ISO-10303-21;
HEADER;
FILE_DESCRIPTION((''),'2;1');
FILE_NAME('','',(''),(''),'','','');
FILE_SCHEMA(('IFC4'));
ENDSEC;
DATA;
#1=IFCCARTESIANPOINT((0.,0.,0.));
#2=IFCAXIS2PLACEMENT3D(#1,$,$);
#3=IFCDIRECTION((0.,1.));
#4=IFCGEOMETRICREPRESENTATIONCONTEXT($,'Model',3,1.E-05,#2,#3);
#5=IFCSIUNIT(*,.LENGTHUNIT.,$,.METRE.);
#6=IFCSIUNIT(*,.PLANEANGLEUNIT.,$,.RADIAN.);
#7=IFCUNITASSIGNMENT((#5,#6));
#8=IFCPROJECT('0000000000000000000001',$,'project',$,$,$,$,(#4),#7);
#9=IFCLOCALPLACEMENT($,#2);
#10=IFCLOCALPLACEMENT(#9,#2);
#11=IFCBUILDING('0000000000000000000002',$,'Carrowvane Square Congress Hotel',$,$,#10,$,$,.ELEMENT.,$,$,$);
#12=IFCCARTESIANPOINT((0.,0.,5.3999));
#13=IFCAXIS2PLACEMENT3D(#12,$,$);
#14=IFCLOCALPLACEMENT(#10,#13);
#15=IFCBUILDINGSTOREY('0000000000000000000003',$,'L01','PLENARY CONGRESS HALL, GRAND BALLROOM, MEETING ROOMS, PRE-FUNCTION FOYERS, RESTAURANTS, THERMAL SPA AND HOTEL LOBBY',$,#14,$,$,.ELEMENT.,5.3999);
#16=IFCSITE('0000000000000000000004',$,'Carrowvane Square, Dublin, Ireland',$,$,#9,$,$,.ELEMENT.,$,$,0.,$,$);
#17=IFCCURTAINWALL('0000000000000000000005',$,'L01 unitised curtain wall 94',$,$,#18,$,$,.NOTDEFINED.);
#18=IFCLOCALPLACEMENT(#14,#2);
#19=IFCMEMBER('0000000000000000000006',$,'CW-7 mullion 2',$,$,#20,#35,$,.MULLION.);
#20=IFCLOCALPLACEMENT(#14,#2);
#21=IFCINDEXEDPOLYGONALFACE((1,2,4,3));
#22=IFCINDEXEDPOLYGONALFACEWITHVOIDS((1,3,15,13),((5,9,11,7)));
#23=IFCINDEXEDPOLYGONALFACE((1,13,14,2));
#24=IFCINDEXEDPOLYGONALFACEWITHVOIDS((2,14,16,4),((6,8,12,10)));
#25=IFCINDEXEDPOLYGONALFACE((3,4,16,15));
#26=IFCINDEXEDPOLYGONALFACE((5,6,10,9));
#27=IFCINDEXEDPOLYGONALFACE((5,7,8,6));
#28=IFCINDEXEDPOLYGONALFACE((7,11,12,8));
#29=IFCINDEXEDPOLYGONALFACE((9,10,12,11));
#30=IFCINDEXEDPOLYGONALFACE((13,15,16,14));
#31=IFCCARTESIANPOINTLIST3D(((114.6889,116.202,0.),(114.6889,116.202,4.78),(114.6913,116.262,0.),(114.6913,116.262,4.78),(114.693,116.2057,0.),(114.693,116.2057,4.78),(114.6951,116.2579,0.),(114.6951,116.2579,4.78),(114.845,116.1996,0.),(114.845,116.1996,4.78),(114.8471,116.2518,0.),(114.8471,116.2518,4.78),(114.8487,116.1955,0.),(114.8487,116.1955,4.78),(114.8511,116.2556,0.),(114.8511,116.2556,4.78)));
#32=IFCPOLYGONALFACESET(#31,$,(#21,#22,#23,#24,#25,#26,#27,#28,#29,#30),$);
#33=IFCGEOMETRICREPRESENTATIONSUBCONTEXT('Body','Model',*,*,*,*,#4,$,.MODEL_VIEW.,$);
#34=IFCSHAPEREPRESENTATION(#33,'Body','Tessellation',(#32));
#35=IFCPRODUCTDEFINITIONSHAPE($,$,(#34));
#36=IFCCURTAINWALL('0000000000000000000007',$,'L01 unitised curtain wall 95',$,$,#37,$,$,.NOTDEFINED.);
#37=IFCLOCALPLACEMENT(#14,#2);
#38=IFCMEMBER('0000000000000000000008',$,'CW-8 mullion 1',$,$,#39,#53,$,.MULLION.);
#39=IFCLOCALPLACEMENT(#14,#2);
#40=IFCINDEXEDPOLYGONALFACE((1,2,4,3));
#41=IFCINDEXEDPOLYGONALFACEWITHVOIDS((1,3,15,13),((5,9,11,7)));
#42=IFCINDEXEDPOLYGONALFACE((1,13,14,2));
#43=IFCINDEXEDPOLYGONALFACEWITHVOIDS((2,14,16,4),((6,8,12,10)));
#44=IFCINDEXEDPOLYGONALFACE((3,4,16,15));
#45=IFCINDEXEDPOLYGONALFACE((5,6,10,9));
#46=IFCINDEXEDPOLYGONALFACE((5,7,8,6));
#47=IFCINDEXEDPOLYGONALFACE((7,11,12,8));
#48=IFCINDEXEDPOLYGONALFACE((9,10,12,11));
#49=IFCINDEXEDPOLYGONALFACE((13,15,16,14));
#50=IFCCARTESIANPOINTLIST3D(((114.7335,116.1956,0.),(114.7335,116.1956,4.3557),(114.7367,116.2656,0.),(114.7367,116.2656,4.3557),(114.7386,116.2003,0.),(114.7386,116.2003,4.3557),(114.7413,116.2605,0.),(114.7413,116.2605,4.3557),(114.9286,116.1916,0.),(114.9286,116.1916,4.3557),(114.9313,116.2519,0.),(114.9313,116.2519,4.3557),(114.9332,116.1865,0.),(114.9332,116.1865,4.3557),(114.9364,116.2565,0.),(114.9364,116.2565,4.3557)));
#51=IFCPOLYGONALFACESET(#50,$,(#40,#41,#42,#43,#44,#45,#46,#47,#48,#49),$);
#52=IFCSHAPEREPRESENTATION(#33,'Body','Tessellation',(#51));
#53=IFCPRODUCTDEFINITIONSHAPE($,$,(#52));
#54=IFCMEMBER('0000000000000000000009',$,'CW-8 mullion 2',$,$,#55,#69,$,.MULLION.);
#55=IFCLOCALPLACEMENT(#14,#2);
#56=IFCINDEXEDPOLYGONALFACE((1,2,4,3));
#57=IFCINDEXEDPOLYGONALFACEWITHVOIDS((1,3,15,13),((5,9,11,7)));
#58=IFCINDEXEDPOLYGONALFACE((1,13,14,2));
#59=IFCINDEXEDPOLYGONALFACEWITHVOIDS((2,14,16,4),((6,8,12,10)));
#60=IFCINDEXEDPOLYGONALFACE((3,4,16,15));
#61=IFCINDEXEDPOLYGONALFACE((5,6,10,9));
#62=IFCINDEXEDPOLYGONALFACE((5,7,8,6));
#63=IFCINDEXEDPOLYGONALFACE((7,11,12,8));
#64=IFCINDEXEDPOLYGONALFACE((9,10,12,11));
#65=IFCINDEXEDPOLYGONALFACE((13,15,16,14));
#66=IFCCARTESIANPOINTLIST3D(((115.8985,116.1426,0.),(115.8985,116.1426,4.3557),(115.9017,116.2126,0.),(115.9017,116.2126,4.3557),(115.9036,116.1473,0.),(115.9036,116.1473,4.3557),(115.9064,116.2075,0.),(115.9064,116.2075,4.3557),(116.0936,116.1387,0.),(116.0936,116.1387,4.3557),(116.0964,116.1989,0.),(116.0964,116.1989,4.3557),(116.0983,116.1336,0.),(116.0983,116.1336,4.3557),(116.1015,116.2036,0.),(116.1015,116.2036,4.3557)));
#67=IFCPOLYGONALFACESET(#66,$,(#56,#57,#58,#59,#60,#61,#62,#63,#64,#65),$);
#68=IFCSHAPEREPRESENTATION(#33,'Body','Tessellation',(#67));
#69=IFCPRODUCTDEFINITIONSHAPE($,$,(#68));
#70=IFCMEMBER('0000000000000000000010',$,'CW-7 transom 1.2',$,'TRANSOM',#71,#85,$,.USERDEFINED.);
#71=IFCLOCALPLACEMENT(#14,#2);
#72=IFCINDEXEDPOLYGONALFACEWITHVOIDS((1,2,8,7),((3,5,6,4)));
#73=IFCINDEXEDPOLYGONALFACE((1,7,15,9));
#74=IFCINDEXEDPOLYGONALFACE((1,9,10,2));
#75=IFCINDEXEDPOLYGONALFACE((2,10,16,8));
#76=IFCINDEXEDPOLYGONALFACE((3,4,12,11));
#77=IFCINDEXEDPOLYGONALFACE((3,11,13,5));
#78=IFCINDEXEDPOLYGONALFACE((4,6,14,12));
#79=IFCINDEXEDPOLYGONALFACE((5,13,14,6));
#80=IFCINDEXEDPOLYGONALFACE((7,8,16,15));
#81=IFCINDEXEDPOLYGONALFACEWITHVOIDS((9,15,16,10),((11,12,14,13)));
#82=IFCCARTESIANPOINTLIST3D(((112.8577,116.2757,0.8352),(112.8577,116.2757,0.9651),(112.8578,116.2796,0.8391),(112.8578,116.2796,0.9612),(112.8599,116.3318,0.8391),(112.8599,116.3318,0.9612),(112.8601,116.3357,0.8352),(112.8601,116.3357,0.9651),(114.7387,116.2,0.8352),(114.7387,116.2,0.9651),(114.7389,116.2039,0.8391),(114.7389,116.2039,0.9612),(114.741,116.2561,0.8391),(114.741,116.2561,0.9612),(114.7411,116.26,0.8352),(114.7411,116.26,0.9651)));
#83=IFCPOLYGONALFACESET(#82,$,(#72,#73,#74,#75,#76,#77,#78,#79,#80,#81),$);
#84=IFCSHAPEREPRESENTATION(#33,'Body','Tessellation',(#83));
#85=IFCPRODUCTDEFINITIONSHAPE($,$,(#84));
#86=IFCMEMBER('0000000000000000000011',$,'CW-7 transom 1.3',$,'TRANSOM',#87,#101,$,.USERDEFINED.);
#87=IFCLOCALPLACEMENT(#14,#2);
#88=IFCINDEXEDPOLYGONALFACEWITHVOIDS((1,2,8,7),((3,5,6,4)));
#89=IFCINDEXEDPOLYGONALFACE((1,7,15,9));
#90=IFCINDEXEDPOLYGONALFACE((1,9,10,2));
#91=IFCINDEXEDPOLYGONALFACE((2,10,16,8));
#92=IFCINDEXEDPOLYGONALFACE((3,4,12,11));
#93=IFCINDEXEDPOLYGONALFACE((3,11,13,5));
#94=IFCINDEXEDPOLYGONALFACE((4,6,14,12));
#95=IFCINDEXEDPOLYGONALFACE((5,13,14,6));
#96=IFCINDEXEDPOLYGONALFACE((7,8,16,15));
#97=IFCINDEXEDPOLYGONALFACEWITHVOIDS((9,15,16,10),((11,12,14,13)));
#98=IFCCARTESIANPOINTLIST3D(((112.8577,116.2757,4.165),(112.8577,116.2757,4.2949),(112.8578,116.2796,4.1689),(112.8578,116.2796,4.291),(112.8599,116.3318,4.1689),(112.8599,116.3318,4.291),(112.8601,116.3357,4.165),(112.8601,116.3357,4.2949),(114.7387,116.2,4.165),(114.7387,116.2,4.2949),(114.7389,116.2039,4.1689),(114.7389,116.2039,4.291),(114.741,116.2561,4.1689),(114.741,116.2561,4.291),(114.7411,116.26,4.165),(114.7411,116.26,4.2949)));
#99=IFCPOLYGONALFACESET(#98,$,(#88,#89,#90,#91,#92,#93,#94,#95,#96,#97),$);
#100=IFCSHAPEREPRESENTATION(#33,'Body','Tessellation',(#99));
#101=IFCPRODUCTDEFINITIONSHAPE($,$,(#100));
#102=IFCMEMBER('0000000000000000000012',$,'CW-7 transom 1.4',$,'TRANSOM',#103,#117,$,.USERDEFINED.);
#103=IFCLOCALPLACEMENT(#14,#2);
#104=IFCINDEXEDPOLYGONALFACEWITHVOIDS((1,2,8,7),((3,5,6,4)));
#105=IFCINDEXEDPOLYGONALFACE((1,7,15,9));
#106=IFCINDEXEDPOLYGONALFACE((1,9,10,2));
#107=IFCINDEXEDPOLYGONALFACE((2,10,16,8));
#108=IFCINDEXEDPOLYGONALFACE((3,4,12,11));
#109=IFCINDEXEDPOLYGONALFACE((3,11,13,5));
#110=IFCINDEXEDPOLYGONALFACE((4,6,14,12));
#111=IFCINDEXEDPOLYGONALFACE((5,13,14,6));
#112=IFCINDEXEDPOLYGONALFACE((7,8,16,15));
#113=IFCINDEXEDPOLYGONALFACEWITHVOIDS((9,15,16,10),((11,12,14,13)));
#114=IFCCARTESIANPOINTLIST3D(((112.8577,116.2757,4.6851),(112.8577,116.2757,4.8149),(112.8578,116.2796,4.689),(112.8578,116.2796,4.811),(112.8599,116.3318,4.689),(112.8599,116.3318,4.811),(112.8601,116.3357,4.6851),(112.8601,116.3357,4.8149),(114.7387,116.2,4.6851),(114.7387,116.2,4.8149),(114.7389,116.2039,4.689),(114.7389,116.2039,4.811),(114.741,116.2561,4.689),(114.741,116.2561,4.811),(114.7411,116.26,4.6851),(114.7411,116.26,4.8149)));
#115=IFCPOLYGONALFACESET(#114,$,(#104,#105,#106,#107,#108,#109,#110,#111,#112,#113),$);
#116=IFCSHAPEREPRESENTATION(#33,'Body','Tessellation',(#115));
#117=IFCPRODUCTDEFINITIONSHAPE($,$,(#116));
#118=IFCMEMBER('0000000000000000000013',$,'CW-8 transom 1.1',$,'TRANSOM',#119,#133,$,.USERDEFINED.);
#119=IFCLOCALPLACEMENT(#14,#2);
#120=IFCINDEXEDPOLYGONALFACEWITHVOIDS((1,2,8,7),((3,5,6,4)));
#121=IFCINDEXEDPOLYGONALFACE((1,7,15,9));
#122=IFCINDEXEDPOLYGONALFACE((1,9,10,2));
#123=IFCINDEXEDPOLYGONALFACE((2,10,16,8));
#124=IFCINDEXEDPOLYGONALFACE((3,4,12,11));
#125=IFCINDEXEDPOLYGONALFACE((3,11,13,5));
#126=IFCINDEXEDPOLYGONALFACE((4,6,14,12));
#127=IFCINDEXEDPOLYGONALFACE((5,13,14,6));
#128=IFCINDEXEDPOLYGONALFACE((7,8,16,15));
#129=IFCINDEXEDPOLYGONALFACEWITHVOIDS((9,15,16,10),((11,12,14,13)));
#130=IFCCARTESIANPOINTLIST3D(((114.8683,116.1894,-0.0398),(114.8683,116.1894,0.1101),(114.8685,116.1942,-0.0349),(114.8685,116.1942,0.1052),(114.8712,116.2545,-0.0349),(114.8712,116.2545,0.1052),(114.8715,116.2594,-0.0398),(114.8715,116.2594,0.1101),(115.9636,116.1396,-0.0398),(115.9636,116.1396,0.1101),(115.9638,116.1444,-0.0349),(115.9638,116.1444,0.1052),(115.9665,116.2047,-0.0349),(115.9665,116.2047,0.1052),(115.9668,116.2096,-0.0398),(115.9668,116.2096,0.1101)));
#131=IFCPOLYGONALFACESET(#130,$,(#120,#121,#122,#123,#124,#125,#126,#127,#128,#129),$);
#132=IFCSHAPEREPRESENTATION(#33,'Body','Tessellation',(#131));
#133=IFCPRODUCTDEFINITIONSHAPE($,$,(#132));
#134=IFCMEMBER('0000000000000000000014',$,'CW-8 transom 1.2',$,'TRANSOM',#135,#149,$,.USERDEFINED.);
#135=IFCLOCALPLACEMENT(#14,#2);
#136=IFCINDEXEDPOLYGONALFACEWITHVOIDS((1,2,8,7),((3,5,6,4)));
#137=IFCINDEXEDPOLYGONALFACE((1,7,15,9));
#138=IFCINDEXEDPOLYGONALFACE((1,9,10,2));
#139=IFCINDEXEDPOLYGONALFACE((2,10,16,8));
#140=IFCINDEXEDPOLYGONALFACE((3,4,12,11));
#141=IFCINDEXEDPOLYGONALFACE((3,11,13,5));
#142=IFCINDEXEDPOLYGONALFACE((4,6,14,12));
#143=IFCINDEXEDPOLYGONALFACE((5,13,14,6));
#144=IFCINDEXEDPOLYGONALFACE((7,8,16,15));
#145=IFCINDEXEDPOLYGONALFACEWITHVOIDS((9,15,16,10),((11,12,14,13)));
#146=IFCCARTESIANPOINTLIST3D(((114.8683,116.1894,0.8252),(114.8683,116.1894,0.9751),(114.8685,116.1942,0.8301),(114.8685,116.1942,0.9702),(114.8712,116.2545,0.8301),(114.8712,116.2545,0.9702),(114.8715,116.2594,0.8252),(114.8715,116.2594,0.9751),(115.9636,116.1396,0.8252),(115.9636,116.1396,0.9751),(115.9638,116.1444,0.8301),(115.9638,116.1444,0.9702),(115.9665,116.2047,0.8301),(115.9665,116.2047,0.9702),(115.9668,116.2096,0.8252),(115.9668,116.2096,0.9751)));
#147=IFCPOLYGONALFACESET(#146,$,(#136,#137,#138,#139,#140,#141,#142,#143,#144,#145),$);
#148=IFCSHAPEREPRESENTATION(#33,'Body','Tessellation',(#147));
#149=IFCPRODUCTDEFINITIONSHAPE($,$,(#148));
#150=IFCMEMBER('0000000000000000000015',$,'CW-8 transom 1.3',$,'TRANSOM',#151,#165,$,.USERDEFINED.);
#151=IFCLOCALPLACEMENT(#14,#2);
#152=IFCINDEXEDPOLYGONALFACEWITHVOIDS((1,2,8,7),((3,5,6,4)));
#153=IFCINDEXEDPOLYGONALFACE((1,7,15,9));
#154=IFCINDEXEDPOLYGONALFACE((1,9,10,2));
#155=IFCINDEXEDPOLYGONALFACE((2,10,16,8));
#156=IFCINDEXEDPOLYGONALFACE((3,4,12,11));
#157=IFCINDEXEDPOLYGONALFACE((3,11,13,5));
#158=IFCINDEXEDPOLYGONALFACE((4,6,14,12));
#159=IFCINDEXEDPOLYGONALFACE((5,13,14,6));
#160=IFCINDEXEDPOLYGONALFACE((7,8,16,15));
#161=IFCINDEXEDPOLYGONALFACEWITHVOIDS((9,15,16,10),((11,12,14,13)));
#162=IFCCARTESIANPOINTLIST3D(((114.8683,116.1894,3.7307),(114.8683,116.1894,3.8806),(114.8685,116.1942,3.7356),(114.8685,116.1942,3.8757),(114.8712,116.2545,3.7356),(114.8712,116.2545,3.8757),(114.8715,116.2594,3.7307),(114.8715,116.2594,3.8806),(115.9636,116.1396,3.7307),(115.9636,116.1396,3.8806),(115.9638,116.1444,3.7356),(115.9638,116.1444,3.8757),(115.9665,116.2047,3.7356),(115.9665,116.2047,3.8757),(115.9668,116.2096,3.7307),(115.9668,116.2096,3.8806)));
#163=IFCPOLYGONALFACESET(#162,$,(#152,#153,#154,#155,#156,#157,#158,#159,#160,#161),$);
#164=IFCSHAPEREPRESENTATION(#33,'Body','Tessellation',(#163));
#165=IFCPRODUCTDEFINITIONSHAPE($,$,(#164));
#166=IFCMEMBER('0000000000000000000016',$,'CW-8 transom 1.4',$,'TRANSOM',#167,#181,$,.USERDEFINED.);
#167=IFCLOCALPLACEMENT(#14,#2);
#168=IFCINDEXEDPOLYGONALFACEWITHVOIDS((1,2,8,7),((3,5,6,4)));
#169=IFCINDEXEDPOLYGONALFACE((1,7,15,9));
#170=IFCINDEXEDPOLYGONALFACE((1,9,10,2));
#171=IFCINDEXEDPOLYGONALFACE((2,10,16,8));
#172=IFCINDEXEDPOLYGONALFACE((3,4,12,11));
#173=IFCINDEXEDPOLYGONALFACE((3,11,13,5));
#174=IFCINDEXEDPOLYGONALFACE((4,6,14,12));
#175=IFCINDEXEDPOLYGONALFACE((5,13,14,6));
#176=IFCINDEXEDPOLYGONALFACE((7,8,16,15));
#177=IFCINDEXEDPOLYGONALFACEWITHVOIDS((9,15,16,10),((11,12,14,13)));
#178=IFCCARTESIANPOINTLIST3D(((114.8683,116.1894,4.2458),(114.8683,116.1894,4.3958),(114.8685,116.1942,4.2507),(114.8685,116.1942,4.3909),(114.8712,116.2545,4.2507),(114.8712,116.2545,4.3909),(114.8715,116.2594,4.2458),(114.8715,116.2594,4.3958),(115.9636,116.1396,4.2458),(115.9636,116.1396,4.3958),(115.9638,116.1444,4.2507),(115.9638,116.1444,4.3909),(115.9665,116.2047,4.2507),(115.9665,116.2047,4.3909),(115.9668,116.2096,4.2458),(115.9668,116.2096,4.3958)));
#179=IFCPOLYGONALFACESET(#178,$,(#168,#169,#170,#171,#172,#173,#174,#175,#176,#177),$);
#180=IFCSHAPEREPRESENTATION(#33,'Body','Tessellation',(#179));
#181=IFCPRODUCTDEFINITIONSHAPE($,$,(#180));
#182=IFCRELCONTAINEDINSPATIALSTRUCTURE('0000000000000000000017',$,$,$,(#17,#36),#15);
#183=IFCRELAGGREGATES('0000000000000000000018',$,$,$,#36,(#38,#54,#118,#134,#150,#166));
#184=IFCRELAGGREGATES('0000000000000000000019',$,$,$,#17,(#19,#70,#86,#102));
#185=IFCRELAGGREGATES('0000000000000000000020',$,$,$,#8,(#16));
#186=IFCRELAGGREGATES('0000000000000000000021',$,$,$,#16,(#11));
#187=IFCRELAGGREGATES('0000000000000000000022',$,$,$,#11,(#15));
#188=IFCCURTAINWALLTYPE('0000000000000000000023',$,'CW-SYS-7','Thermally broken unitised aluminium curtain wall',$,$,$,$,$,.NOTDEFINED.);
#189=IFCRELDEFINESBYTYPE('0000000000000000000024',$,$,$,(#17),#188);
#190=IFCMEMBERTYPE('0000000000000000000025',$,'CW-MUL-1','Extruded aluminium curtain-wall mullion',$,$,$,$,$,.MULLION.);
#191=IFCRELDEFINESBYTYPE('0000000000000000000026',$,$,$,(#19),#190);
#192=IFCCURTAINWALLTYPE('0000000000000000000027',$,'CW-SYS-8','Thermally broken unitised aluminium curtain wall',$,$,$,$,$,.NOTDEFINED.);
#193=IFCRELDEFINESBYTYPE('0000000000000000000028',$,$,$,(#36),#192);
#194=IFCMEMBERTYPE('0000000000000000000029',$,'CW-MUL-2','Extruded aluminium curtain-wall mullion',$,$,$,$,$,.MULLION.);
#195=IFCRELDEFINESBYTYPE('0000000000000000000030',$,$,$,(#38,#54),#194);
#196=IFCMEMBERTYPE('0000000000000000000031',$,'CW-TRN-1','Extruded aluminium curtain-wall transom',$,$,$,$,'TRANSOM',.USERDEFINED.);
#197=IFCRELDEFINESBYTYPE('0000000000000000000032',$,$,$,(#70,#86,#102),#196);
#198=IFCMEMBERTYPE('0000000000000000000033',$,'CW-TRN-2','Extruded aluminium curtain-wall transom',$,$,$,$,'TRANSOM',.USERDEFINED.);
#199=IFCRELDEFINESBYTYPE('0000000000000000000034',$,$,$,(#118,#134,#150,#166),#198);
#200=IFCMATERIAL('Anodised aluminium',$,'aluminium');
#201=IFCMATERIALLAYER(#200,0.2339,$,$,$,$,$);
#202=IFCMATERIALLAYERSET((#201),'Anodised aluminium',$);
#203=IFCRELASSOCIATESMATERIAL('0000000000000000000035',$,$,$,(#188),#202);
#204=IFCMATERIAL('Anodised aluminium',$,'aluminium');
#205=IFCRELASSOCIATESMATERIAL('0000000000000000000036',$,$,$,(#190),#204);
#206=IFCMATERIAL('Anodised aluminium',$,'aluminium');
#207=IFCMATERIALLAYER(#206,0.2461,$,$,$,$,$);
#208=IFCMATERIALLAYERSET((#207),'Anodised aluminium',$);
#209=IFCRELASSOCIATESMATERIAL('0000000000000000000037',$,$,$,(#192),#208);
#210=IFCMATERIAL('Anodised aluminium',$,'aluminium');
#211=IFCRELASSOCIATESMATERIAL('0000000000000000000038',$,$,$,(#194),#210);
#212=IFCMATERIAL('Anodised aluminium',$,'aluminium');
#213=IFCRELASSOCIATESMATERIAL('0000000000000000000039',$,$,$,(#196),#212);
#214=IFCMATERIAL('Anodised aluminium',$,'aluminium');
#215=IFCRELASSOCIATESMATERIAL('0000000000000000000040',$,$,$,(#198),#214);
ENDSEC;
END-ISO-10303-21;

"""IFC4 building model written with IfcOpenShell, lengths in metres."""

from ifc_helpers import new_model, si_unit, direction, frame, origin, origin_2d, place, context, subcontext, project, spatial, hollow_rectangle, extrude, material, layer, layer_set, material_profile, profile_set, type_object, element, aggregate, save


model = new_model("IFC4")

# Units and contexts
model_context = context("Model", 3, precision=1e-05, world=origin(), true_north=direction((0.0, 1.0)))
body_context = subcontext(model_context, "Body", "Model", "MODEL_VIEW")
ifc_project = project(units=[si_unit("LENGTHUNIT", "METRE"), si_unit("PLANEANGLEUNIT", "RADIAN")], contexts=[model_context])

# Site, building, storey
site_placement = place(None, origin())
site = spatial("IfcSite", under=ifc_project, at=site_placement, Name="Carrowvane Square, Dublin, Ireland", CompositionType="ELEMENT", RefElevation=0.0)
building_placement = place(site_placement, origin())
building = spatial("IfcBuilding", under=site, at=building_placement, Name="Carrowvane Square Congress Hotel", CompositionType="ELEMENT")
storey_placement = place(building_placement, frame((0.0, 0.0, 5.3999)))
storey = spatial("IfcBuildingStorey", under=building, at=storey_placement, Name="L01", Description="PLENARY CONGRESS HALL, GRAND BALLROOM, MEETING ROOMS, PRE-FUNCTION FOYERS, RESTAURANTS, THERMAL SPA AND HOTEL LOBBY", CompositionType="ELEMENT", Elevation=5.3999)

# Curtain wall, member
ifc_material_1 = material(Name="Anodised aluminium", Category="aluminium")
ifc_layer_1 = layer(ifc_material_1, 0.2339)
ifc_layer_set_1 = layer_set([ifc_layer_1], Name="Anodised aluminium")
curtain_wall_type_1 = type_object("IfcCurtainWallType", Name="CW-SYS-7", Description="Thermally broken unitised aluminium curtain wall", PredefinedType="NOTDEFINED", material=ifc_layer_set_1)
curtain_wall_1_placement = place(storey_placement, origin())
curtain_wall_1 = element("IfcCurtainWall", 1, at=curtain_wall_1_placement, inside=storey, type_object=curtain_wall_type_1, Name="L01 unitised curtain wall 94", PredefinedType="NOTDEFINED")
ifc_material_2 = material(Name="Anodised aluminium", Category="aluminium")
ifc_material_profile_1 = material_profile(ifc_material_2, hollow_rectangle(XDim=0.0601, YDim=0.1599, WallThickness=0.0039, at=origin_2d()), Name="CW-ML 60x160x4")
ifc_profile_set_1 = profile_set([ifc_material_profile_1], Name="Anodised aluminium")
member_type_1 = type_object("IfcMemberType", Name="CW-MUL-1", Description="Extruded aluminium curtain-wall mullion", PredefinedType="MULLION", material=ifc_profile_set_1)
member_1_placement = place(storey_placement, frame((114.77, 116.2288, 0.0), z_axis=(0.0, 0.0, 1.0), x_axis=(0.040131, 0.999194, 0.0)))
member_1 = element("IfcMember", 2, at=member_1_placement, type_object=member_type_1, Name="CW-7 mullion 2", PredefinedType="MULLION", context=body_context, shape_type="SweptSolid", body=[
    extrude(hollow_rectangle(XDim=0.0601, YDim=0.1599, WallThickness=0.0039, at=origin_2d()), origin(), (0.0, 0.0, 1.0), 4.78),
])

# Curtain wall, members
ifc_material_3 = material(Name="Anodised aluminium", Category="aluminium")
ifc_layer_2 = layer(ifc_material_3, 0.2461)
ifc_layer_set_2 = layer_set([ifc_layer_2], Name="Anodised aluminium")
curtain_wall_type_2 = type_object("IfcCurtainWallType", Name="CW-SYS-8", Description="Thermally broken unitised aluminium curtain wall", PredefinedType="NOTDEFINED", material=ifc_layer_set_2)
curtain_wall_2_placement = place(storey_placement, origin())
curtain_wall_2 = element("IfcCurtainWall", 3, at=curtain_wall_2_placement, inside=storey, type_object=curtain_wall_type_2, Name="L01 unitised curtain wall 95", PredefinedType="NOTDEFINED")
ifc_material_4 = material(Name="Anodised aluminium", Category="aluminium")
ifc_material_profile_2 = material_profile(ifc_material_4, hollow_rectangle(XDim=0.0701, YDim=0.2, WallThickness=0.0049, at=origin_2d()), Name="CW-ML 70x200x5")
ifc_profile_set_2 = profile_set([ifc_material_profile_2], Name="Anodised aluminium")
member_type_2 = type_object("IfcMemberType", Name="CW-MUL-2", Description="Extruded aluminium curtain-wall mullion", PredefinedType="MULLION", material=ifc_profile_set_2)
member_2_placement = place(storey_placement, frame((114.835, 116.2261, 0.0), z_axis=(0.0, 0.0, 1.0), x_axis=(0.045411, 0.998968, 0.0)))
member_2 = element("IfcMember", 4, at=member_2_placement, type_object=member_type_2, Name="CW-8 mullion 1", PredefinedType="MULLION", context=body_context, shape_type="SweptSolid", body=[
    extrude(hollow_rectangle(XDim=0.0701, YDim=0.2, WallThickness=0.0049, at=origin_2d()), origin(), (0.0, 0.0, 1.0), 4.3557),
])
member_3_placement = place(storey_placement, frame((116.0, 116.1731, 0.0), z_axis=(0.0, 0.0, 1.0), x_axis=(0.045411, 0.998968, 0.0)))
member_3 = element("IfcMember", 5, at=member_3_placement, type_object=member_type_2, Name="CW-8 mullion 2", PredefinedType="MULLION", context=body_context, shape_type="SweptSolid", body=[
    extrude(hollow_rectangle(XDim=0.0701, YDim=0.2, WallThickness=0.0049, at=origin_2d()), origin(), (0.0, 0.0, 1.0), 4.3557),
])

# Members
ifc_material_5 = material(Name="Anodised aluminium", Category="aluminium")
ifc_material_profile_3 = material_profile(ifc_material_5, hollow_rectangle(XDim=0.0601, YDim=0.1299, WallThickness=0.0039, at=origin_2d()), Name="CW-TR 60x130x4")
ifc_profile_set_3 = profile_set([ifc_material_profile_3], Name="Anodised aluminium")
member_type_3 = type_object("IfcMemberType", Name="CW-TRN-1", Description="Extruded aluminium curtain-wall transom", ElementType="TRANSOM", PredefinedType="USERDEFINED", material=ifc_profile_set_3)
member_4_placement = place(storey_placement, frame((112.8589, 116.3057, 0.9001), z_axis=(0.999192, -0.040201, 0.0), x_axis=(0.040201, 0.999192, 0.0)))
member_4 = element("IfcMember", 6, at=member_4_placement, type_object=member_type_3, Name="CW-7 transom 1.2", ObjectType="TRANSOM", PredefinedType="USERDEFINED", context=body_context, shape_type="SweptSolid", body=[
    extrude(hollow_rectangle(XDim=0.0601, YDim=0.1299, WallThickness=0.0039, at=origin_2d()), origin(), (0.0, 0.0, 1.0), 1.8826),
])
member_5_placement = place(storey_placement, frame((112.8589, 116.3057, 4.23), z_axis=(0.999192, -0.040201, 0.0), x_axis=(0.040201, 0.999192, 0.0)))
member_5 = element("IfcMember", 7, at=member_5_placement, type_object=member_type_3, Name="CW-7 transom 1.3", ObjectType="TRANSOM", PredefinedType="USERDEFINED", context=body_context, shape_type="SweptSolid", body=[
    extrude(hollow_rectangle(XDim=0.0601, YDim=0.1299, WallThickness=0.0039, at=origin_2d()), origin(), (0.0, 0.0, 1.0), 1.8826),
])
member_6_placement = place(storey_placement, frame((112.8589, 116.3057, 4.75), z_axis=(0.999192, -0.040201, 0.0), x_axis=(0.040201, 0.999192, 0.0)))
member_6 = element("IfcMember", 8, at=member_6_placement, type_object=member_type_3, Name="CW-7 transom 1.4", ObjectType="TRANSOM", PredefinedType="USERDEFINED", context=body_context, shape_type="SweptSolid", body=[
    extrude(hollow_rectangle(XDim=0.0601, YDim=0.1299, WallThickness=0.0039, at=origin_2d()), origin(), (0.0, 0.0, 1.0), 1.8826),
])
ifc_material_6 = material(Name="Anodised aluminium", Category="aluminium")
ifc_material_profile_4 = material_profile(ifc_material_6, hollow_rectangle(XDim=0.0701, YDim=0.1499, WallThickness=0.0049, at=origin_2d()), Name="CW-TR 70x150x5")
ifc_profile_set_4 = profile_set([ifc_material_profile_4], Name="Anodised aluminium")
member_type_4 = type_object("IfcMemberType", Name="CW-TRN-2", Description="Extruded aluminium curtain-wall transom", ElementType="TRANSOM", PredefinedType="USERDEFINED", material=ifc_profile_set_4)
member_7_placement = place(storey_placement, frame((114.8699, 116.2244, 0.0352), z_axis=(0.998968, -0.045428, 0.0), x_axis=(0.045428, 0.998968, 0.0)))
member_7 = element("IfcMember", 9, at=member_7_placement, type_object=member_type_4, Name="CW-8 transom 1.1", ObjectType="TRANSOM", PredefinedType="USERDEFINED", context=body_context, shape_type="SweptSolid", body=[
    extrude(hollow_rectangle(XDim=0.0701, YDim=0.1499, WallThickness=0.0049, at=origin_2d()), origin(), (0.0, 0.0, 1.0), 1.0964),
])
member_8_placement = place(storey_placement, frame((114.8699, 116.2244, 0.9001), z_axis=(0.998968, -0.045428, 0.0), x_axis=(0.045428, 0.998968, 0.0)))
member_8 = element("IfcMember", 10, at=member_8_placement, type_object=member_type_4, Name="CW-8 transom 1.2", ObjectType="TRANSOM", PredefinedType="USERDEFINED", context=body_context, shape_type="SweptSolid", body=[
    extrude(hollow_rectangle(XDim=0.0701, YDim=0.1499, WallThickness=0.0049, at=origin_2d()), origin(), (0.0, 0.0, 1.0), 1.0964),
])
member_9_placement = place(storey_placement, frame((114.8699, 116.2244, 3.8057), z_axis=(0.998968, -0.045428, 0.0), x_axis=(0.045428, 0.998968, 0.0)))
member_9 = element("IfcMember", 11, at=member_9_placement, type_object=member_type_4, Name="CW-8 transom 1.3", ObjectType="TRANSOM", PredefinedType="USERDEFINED", context=body_context, shape_type="SweptSolid", body=[
    extrude(hollow_rectangle(XDim=0.0701, YDim=0.1499, WallThickness=0.0049, at=origin_2d()), origin(), (0.0, 0.0, 1.0), 1.0964),
])
member_10_placement = place(storey_placement, frame((114.8699, 116.2244, 4.3208), z_axis=(0.998968, -0.045428, 0.0), x_axis=(0.045428, 0.998968, 0.0)))
member_10 = element("IfcMember", 12, at=member_10_placement, type_object=member_type_4, Name="CW-8 transom 1.4", ObjectType="TRANSOM", PredefinedType="USERDEFINED", context=body_context, shape_type="SweptSolid", body=[
    extrude(hollow_rectangle(XDim=0.0701, YDim=0.1499, WallThickness=0.0049, at=origin_2d()), origin(), (0.0, 0.0, 1.0), 1.0964),
])

aggregate(curtain_wall_2, [member_2, member_3, member_7, member_8, member_9, member_10])
aggregate(curtain_wall_1, [member_1, member_4, member_5, member_6])

save(model, "model.ifc")
